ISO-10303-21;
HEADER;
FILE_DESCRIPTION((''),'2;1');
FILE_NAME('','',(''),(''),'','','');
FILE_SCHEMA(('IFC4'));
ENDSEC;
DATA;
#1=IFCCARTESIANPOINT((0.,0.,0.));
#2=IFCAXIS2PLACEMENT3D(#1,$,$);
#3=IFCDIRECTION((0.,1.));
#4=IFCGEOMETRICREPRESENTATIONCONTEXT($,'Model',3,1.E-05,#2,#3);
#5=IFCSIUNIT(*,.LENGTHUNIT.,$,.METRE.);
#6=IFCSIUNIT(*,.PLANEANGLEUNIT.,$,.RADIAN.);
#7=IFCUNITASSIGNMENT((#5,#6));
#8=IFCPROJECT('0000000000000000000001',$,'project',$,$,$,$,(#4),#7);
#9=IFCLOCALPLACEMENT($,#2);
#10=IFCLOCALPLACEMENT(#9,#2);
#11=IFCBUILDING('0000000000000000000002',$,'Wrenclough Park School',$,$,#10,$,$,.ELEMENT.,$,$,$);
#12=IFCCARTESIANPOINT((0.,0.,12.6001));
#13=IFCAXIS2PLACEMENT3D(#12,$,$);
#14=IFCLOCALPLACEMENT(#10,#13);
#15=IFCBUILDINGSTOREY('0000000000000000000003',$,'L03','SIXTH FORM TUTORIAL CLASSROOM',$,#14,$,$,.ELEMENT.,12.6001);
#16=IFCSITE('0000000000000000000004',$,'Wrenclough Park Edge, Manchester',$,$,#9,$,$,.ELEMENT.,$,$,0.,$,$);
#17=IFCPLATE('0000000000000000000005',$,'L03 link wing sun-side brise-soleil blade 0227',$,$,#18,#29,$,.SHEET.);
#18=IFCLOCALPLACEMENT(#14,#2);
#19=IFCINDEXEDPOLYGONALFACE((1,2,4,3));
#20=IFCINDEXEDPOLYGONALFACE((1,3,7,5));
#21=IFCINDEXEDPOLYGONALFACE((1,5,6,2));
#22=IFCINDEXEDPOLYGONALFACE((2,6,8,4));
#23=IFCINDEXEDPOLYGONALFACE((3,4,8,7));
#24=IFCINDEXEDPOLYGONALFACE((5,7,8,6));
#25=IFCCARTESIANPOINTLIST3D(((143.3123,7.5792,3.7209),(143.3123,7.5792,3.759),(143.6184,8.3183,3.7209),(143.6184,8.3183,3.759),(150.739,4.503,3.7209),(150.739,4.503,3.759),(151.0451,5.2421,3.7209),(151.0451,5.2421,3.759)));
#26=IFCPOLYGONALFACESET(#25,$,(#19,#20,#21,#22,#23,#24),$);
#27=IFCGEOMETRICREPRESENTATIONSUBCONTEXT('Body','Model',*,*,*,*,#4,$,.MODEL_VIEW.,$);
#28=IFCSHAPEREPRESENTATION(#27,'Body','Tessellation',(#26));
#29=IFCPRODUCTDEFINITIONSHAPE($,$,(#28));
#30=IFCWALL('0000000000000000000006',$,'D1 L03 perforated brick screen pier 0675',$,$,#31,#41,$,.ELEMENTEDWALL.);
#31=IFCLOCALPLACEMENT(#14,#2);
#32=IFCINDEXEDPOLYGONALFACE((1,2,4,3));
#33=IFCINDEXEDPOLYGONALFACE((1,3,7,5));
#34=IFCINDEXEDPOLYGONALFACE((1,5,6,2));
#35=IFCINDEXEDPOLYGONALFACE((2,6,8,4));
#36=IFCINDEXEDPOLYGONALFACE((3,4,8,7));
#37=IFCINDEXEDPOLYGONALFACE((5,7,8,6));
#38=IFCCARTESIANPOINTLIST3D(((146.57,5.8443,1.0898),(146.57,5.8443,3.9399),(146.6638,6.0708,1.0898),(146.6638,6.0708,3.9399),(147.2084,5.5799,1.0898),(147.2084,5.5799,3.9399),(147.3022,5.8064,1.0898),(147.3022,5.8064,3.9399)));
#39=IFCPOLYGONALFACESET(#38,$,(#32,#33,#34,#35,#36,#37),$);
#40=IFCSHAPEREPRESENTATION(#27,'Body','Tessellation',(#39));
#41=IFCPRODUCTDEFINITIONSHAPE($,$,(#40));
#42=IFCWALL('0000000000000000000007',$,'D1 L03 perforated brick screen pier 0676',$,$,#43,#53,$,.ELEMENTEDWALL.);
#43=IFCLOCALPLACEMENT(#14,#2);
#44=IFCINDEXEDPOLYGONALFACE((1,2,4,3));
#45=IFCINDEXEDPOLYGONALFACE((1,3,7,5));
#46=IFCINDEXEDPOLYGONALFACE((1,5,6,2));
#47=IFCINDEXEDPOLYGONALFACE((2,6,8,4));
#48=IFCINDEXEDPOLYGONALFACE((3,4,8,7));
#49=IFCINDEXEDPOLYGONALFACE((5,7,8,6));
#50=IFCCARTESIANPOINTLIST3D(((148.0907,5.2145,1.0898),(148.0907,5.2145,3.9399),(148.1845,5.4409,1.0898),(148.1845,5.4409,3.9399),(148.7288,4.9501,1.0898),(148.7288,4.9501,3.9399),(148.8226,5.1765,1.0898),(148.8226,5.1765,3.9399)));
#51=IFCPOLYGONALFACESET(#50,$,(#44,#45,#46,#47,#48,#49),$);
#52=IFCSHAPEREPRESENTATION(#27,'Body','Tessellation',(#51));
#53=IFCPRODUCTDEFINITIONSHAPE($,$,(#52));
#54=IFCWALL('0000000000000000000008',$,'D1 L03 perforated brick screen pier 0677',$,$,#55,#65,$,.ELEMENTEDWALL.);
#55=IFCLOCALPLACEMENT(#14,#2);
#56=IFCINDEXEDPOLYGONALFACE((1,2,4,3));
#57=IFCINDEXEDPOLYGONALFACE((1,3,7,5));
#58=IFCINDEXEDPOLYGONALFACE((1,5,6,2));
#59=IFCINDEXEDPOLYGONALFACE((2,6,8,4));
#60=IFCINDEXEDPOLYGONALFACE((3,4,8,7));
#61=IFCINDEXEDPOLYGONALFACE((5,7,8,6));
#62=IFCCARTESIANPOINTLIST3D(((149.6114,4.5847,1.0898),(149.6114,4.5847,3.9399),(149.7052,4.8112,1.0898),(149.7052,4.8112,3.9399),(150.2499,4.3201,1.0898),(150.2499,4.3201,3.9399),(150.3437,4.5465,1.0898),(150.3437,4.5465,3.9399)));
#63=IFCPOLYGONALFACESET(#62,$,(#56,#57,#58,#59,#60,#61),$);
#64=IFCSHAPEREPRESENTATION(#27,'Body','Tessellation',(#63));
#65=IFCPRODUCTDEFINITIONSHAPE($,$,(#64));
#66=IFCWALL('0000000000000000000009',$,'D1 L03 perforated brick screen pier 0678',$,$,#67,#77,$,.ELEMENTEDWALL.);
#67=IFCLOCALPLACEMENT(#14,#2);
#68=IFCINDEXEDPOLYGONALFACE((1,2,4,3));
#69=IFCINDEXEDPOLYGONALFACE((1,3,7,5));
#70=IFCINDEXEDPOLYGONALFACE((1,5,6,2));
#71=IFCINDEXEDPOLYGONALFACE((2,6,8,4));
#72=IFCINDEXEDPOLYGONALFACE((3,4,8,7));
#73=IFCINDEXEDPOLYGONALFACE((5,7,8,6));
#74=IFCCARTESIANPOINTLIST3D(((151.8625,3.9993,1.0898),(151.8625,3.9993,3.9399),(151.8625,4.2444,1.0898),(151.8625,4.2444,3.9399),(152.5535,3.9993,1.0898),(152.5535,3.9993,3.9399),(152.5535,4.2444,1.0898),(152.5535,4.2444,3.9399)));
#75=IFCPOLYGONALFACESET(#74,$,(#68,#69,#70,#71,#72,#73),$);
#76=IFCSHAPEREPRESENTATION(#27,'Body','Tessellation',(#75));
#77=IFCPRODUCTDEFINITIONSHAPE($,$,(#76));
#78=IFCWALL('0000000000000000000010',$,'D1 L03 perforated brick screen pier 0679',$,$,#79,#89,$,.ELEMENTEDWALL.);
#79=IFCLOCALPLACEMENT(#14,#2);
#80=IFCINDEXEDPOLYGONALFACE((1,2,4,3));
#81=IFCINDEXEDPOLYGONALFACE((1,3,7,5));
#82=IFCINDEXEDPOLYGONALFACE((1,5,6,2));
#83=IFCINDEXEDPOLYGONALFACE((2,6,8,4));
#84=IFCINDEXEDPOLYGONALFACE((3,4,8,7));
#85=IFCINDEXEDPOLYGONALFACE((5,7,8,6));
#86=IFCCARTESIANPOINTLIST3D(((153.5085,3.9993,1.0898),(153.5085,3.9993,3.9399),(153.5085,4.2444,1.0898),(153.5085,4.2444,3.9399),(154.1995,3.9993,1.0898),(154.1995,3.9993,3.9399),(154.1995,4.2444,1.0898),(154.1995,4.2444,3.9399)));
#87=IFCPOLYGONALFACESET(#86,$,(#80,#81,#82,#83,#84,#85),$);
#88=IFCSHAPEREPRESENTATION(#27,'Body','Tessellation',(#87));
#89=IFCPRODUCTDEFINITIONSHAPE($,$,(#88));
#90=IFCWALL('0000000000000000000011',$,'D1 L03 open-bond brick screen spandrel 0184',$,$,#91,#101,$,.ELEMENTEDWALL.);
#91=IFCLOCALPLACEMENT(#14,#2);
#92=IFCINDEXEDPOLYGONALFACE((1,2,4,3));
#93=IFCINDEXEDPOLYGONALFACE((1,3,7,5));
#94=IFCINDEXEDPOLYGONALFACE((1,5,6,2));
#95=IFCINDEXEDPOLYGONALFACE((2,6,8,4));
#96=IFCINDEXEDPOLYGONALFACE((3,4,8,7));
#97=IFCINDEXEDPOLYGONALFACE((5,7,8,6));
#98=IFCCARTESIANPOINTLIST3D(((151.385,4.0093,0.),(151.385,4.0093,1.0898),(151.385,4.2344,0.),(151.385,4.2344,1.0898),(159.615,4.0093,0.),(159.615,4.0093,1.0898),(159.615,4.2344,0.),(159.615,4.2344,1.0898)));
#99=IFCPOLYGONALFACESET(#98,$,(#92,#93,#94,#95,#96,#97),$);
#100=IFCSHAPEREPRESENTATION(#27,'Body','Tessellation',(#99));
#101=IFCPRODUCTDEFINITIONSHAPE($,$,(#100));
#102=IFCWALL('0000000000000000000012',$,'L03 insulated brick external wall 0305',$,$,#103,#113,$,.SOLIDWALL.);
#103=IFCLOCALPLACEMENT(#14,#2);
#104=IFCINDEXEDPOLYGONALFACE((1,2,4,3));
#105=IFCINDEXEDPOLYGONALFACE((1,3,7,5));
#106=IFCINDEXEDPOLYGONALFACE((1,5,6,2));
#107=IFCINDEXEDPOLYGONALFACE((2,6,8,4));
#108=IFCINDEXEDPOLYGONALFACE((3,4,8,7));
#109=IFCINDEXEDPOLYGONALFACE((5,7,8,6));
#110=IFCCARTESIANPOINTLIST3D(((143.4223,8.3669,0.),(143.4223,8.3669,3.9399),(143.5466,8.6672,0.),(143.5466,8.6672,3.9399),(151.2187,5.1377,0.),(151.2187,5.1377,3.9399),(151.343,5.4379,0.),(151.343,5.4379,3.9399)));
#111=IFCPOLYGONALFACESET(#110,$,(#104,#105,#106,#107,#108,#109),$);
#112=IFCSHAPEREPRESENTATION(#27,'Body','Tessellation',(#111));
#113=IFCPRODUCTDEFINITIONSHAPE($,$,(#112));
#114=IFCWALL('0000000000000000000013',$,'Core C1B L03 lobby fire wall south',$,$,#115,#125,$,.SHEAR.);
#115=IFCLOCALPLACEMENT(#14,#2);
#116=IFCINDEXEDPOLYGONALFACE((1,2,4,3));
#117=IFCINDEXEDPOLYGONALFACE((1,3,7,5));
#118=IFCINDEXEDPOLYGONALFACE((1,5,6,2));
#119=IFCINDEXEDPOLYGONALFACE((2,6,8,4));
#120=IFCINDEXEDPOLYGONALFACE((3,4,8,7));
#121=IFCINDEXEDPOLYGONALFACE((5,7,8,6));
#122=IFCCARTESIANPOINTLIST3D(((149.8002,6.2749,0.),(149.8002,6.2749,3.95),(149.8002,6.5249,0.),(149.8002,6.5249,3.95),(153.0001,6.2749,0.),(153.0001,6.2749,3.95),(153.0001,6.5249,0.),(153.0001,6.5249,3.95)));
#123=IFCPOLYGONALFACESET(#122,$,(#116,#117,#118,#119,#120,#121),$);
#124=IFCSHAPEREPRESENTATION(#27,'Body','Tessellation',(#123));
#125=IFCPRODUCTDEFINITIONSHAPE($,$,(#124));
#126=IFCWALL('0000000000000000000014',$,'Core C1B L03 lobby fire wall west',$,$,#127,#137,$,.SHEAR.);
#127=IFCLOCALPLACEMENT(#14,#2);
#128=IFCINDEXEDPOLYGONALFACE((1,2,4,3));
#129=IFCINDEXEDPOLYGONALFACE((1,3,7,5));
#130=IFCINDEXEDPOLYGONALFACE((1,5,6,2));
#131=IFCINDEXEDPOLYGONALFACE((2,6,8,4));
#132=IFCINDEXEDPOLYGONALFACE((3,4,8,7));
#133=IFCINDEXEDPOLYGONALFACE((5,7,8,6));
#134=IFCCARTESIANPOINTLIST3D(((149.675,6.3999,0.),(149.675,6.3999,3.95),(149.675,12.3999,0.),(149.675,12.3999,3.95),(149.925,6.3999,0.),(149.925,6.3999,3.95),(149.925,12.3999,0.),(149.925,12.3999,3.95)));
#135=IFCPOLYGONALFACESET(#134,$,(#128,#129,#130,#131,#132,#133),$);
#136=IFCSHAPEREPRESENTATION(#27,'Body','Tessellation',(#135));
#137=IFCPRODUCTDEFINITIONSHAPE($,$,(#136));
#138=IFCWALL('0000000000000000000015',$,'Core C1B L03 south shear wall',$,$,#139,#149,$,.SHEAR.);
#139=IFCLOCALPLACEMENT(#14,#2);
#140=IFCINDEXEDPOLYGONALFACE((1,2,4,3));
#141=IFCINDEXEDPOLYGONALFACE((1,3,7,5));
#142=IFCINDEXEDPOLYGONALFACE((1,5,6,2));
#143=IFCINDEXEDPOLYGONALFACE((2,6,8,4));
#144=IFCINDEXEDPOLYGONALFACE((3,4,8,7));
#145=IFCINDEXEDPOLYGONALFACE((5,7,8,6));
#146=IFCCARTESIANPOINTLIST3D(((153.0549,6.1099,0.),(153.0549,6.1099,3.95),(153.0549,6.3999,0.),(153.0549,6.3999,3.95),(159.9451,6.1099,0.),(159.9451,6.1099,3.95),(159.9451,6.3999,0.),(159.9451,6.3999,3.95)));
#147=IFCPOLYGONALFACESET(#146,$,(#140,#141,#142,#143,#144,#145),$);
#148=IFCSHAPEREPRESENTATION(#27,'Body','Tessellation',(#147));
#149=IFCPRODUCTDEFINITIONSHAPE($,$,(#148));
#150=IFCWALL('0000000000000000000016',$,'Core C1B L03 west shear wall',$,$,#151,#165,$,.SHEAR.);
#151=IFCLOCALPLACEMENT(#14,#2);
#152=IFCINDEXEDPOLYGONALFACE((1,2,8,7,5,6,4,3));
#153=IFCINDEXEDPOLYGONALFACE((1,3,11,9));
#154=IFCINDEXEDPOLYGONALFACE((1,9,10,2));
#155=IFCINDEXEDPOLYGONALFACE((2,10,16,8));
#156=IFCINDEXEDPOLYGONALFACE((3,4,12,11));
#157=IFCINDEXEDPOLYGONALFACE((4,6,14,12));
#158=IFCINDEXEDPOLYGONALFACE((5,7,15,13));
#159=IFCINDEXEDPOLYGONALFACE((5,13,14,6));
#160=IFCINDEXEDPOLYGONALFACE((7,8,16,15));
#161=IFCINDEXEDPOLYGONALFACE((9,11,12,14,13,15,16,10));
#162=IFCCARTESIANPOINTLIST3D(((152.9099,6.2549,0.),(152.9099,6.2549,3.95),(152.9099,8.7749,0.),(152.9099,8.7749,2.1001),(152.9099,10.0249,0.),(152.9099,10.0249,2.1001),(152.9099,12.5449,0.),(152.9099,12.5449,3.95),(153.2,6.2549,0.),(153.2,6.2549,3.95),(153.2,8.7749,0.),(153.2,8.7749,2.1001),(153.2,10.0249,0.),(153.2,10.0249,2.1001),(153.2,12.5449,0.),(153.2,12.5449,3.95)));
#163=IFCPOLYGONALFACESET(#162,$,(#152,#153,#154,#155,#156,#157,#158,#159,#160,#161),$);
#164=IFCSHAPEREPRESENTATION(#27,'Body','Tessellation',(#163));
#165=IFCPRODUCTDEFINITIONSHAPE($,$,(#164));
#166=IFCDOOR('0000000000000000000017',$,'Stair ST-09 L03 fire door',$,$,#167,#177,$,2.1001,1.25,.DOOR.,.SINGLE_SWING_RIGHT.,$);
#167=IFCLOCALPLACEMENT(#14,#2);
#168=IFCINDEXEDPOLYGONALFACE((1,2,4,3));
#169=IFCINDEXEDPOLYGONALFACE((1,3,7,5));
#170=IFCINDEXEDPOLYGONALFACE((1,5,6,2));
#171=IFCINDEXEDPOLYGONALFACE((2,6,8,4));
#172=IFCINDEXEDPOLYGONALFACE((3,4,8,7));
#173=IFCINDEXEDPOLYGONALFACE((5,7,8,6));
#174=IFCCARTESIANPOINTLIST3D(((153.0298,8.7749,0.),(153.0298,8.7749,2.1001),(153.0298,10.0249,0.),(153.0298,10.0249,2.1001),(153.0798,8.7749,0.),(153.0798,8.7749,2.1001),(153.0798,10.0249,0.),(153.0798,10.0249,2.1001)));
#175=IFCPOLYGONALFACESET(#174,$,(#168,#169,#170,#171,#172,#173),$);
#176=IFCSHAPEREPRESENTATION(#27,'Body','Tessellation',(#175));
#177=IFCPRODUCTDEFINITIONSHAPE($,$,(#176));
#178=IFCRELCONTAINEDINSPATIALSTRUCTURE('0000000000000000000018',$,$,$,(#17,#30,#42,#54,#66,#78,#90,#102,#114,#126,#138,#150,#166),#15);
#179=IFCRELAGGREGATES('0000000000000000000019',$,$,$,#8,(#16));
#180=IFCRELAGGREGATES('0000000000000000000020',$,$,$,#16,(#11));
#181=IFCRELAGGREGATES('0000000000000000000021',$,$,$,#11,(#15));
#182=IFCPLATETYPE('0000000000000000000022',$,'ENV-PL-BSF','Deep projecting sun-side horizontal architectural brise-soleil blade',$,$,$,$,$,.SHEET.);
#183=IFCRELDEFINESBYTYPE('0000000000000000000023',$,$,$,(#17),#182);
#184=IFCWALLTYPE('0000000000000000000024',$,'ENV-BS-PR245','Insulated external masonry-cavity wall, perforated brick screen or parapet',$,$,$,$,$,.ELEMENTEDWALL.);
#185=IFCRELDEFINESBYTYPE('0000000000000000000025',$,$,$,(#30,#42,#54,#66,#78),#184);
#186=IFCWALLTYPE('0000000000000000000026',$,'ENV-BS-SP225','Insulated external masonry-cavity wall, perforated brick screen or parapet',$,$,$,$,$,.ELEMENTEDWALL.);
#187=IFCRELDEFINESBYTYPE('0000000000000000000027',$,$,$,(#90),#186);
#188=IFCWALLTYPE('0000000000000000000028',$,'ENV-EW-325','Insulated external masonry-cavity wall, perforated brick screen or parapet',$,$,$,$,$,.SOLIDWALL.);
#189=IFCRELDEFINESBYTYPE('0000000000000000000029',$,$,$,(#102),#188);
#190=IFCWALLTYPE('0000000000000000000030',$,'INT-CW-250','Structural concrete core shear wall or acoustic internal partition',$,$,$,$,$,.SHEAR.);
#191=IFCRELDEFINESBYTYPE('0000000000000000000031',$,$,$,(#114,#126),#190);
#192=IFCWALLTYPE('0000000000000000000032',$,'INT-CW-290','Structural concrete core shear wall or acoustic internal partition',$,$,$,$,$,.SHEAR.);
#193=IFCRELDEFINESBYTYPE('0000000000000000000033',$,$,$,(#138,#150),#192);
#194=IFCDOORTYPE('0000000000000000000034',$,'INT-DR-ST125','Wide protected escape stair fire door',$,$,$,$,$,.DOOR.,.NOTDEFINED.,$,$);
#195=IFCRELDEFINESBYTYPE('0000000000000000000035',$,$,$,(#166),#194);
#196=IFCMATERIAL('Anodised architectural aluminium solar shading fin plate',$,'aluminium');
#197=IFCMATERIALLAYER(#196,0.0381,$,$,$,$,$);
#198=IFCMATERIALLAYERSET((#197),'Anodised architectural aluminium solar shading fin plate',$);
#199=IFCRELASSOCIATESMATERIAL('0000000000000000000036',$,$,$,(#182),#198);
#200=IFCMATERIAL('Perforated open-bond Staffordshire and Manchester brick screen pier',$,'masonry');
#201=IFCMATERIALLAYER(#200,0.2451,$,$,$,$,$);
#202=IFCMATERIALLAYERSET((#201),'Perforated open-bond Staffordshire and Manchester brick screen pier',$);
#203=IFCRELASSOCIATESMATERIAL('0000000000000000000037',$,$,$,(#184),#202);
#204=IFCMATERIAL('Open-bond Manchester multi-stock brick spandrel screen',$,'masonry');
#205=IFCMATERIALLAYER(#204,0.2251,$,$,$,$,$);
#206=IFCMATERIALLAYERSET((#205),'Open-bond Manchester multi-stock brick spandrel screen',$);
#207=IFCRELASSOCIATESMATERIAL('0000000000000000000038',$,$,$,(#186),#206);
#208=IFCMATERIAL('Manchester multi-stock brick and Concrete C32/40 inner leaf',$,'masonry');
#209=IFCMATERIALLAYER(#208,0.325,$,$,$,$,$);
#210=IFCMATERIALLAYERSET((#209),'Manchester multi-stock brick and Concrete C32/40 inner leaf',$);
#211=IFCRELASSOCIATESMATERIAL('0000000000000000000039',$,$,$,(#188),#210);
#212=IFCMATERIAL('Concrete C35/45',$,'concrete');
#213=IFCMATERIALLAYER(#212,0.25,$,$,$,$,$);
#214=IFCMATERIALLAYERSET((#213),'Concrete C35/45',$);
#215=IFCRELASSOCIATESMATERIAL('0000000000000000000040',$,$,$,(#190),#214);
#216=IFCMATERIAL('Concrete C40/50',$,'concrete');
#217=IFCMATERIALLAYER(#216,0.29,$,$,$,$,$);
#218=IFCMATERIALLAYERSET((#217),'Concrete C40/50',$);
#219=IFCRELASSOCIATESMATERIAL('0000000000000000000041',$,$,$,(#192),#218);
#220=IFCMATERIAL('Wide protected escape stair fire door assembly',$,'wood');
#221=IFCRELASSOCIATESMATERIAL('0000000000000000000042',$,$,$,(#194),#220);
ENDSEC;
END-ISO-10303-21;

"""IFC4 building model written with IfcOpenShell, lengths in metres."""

from ifc_helpers import new_model, si_unit, direction, frame, frame_2d, origin, origin_2d, place, context, subcontext, project, spatial, rectangle, extrude, material, layer, layer_set, type_object, element, fill, save


model = new_model("IFC4")

# Units and contexts
model_context = context("Model", 3, precision=1e-05, world=origin(), true_north=direction((0.0, 1.0)))
body_context = subcontext(model_context, "Body", "Model", "MODEL_VIEW")
ifc_project = project(units=[si_unit("LENGTHUNIT", "METRE"), si_unit("PLANEANGLEUNIT", "RADIAN")], contexts=[model_context])

# Site, building, storey
site_placement = place(None, origin())
site = spatial("IfcSite", under=ifc_project, at=site_placement, Name="Wrenclough Park Edge, Manchester", CompositionType="ELEMENT", RefElevation=0.0)
building_placement = place(site_placement, origin())
building = spatial("IfcBuilding", under=site, at=building_placement, Name="Wrenclough Park School", CompositionType="ELEMENT")
storey_placement = place(building_placement, frame((0.0, 0.0, 12.6001)))
storey = spatial("IfcBuildingStorey", under=building, at=storey_placement, Name="L03", Description="SIXTH FORM TUTORIAL CLASSROOM", CompositionType="ELEMENT", Elevation=12.6001)

# Shared definitions
ifc_material_1 = material(Name="Concrete C40/50", Category="concrete")

# Plate
ifc_material_2 = material(Name="Anodised architectural aluminium solar shading fin plate", Category="aluminium")
ifc_layer_1 = layer(ifc_material_2, 0.0381)
ifc_layer_set_1 = layer_set([ifc_layer_1], Name="Anodised architectural aluminium solar shading fin plate")
plate_type = type_object("IfcPlateType", Name="ENV-PL-BSF", Description="Deep projecting sun-side horizontal architectural brise-soleil blade", PredefinedType="SHEET", material=ifc_layer_set_1)
plate_1_placement = place(storey_placement, frame((147.1787, 6.4106, 3.7209), z_axis=(0.0, 0.0, 1.0), x_axis=(-0.923881, 0.38268, 0.0)))
element("IfcPlate", 1, at=plate_1_placement, inside=storey, type_object=plate_type, Name="L03 link wing sun-side brise-soleil blade 0227", PredefinedType="SHEET", context=body_context, shape_type="SweptSolid", body=[
    extrude(rectangle(XDim=8.0386, YDim=0.8, at=origin_2d()), origin(), (0.0, 0.0, 1.0), 0.0381),
])

# Walls
ifc_material_3 = material(Name="Perforated open-bond Staffordshire and Manchester brick screen pier", Category="masonry")
ifc_layer_2 = layer(ifc_material_3, 0.2451)
ifc_layer_set_2 = layer_set([ifc_layer_2], Name="Perforated open-bond Staffordshire and Manchester brick screen pier")
wall_type_1 = type_object("IfcWallType", Name="ENV-BS-PR245", Description="Insulated external masonry-cavity wall, perforated brick screen or parapet", PredefinedType="ELEMENTEDWALL", material=ifc_layer_set_2)
wall_1_placement = place(storey_placement, frame((146.6169, 5.9575, 1.0898), z_axis=(0.0, 0.0, 1.0), x_axis=(0.923901, -0.382633, 0.0)))
element("IfcWall", 2, at=wall_1_placement, inside=storey, type_object=wall_type_1, Name="D1 L03 perforated brick screen pier 0675", PredefinedType="ELEMENTEDWALL", context=body_context, shape_type="SweptSolid", body=[
    extrude(rectangle(XDim=0.6909, YDim=0.2451, at=frame_2d((0.3455, 0.0))), origin(), (0.0, 0.0, 1.0), 2.8501),
])
wall_2_placement = place(storey_placement, frame((148.1377, 5.3276, 1.0898), z_axis=(0.0, 0.0, 1.0), x_axis=(0.923849, -0.382758, 0.0)))
element("IfcWall", 3, at=wall_2_placement, inside=storey, type_object=wall_type_1, Name="D1 L03 perforated brick screen pier 0676", PredefinedType="ELEMENTEDWALL", context=body_context, shape_type="SweptSolid", body=[
    extrude(rectangle(XDim=0.6907, YDim=0.2451, at=frame_2d((0.3452, 0.0))), origin(), (0.0, 0.0, 1.0), 2.8501),
])
wall_3_placement = place(storey_placement, frame((149.6582, 4.698, 1.0898), z_axis=(0.0, 0.0, 1.0), x_axis=(0.923776, -0.382934, 0.0)))
element("IfcWall", 4, at=wall_3_placement, inside=storey, type_object=wall_type_1, Name="D1 L03 perforated brick screen pier 0677", PredefinedType="ELEMENTEDWALL", context=body_context, shape_type="SweptSolid", body=[
    extrude(rectangle(XDim=0.6912, YDim=0.2451, at=frame_2d((0.3457, 0.0))), origin(), (0.0, 0.0, 1.0), 2.8501),
])
for number, where, z_axis, x_axis, name in (
    (5, (151.8625, 4.1218, 1.0898), (0.0, 0.0, 1.0), (1.0, 0.0, 0.0), "D1 L03 perforated brick screen pier 0678"),
    (6, (153.5085, 4.1218, 1.0898), (0.0, 0.0, 1.0), (1.0, 0.0, 0.0), "D1 L03 perforated brick screen pier 0679"),
):
    element("IfcWall", number, at=place(storey_placement, frame(where, z_axis=z_axis, x_axis=x_axis)), inside=storey, type_object=wall_type_1, Name=name, PredefinedType="ELEMENTEDWALL", context=body_context, shape_type="SweptSolid", body=[
        extrude(rectangle(XDim=0.6909, YDim=0.2451, at=frame_2d((0.3455, 0.0))), origin(), (0.0, 0.0, 1.0), 2.8501),
    ])
ifc_material_4 = material(Name="Open-bond Manchester multi-stock brick spandrel screen", Category="masonry")
ifc_layer_3 = layer(ifc_material_4, 0.2251)
ifc_layer_set_3 = layer_set([ifc_layer_3], Name="Open-bond Manchester multi-stock brick spandrel screen")
wall_type_2 = type_object("IfcWallType", Name="ENV-BS-SP225", Description="Insulated external masonry-cavity wall, perforated brick screen or parapet", PredefinedType="ELEMENTEDWALL", material=ifc_layer_set_3)
wall_4_placement = place(storey_placement, frame((151.385, 4.1218, 0.0), z_axis=(0.0, 0.0, 1.0), x_axis=(1.0, 0.0, 0.0)))
element("IfcWall", 7, at=wall_4_placement, inside=storey, type_object=wall_type_2, Name="D1 L03 open-bond brick screen spandrel 0184", PredefinedType="ELEMENTEDWALL", context=body_context, shape_type="SweptSolid", body=[
    extrude(rectangle(XDim=8.23, YDim=0.2251, at=frame_2d((4.115, 0.0))), origin(), (0.0, 0.0, 1.0), 1.0898),
])
ifc_material_5 = material(Name="Manchester multi-stock brick and Concrete C32/40 inner leaf", Category="masonry")
ifc_layer_4 = layer(ifc_material_5, 0.325)
ifc_layer_set_4 = layer_set([ifc_layer_4], Name="Manchester multi-stock brick and Concrete C32/40 inner leaf")
wall_type_3 = type_object("IfcWallType", Name="ENV-EW-325", Description="Insulated external masonry-cavity wall, perforated brick screen or parapet", PredefinedType="SOLIDWALL", material=ifc_layer_set_4)
wall_5_placement = place(storey_placement, frame((151.2808, 5.2878, 0.0), z_axis=(0.0, 0.0, 1.0), x_axis=(-0.923885, 0.382671, 0.0)))
element("IfcWall", 8, at=wall_5_placement, inside=storey, type_object=wall_type_3, Name="L03 insulated brick external wall 0305", PredefinedType="SOLIDWALL", context=body_context, shape_type="SweptSolid", body=[
    extrude(rectangle(XDim=8.4387, YDim=0.325, at=frame_2d((4.2192, 0.0))), origin(), (0.0, 0.0, 1.0), 3.9399),
])
ifc_material_6 = material(Name="Concrete C35/45", Category="concrete")
ifc_layer_5 = layer(ifc_material_6, 0.25)
ifc_layer_set_5 = layer_set([ifc_layer_5], Name="Concrete C35/45")
wall_type_4 = type_object("IfcWallType", Name="INT-CW-250", Description="Structural concrete core shear wall or acoustic internal partition", PredefinedType="SHEAR", material=ifc_layer_set_5)
wall_6_placement = place(storey_placement, frame((149.8, 6.3999, 0.0), z_axis=(0.0, 0.0, 1.0), x_axis=(1.0, 0.0, 0.0)))
element("IfcWall", 9, at=wall_6_placement, inside=storey, type_object=wall_type_4, Name="Core C1B L03 lobby fire wall south", PredefinedType="SHEAR", context=body_context, shape_type="SweptSolid", body=[
    extrude(rectangle(XDim=3.2, YDim=0.25, at=frame_2d((1.6001, 0.0))), origin(), (0.0, 0.0, 1.0), 3.95),
])

# Walls
wall_7_placement = place(storey_placement, frame((149.8, 12.3999, 0.0), z_axis=(0.0, 0.0, 1.0), x_axis=(0.0, -1.0, 0.0)))
element("IfcWall", 10, at=wall_7_placement, inside=storey, type_object=wall_type_4, Name="Core C1B L03 lobby fire wall west", PredefinedType="SHEAR", context=body_context, shape_type="SweptSolid", body=[
    extrude(rectangle(XDim=6.0, YDim=0.25, at=frame_2d((3.0, 0.0))), origin(), (0.0, 0.0, 1.0), 3.95),
])
ifc_layer_6 = layer(ifc_material_1, 0.29)
ifc_layer_set_6 = layer_set([ifc_layer_6], Name="Concrete C40/50")
wall_type_5 = type_object("IfcWallType", Name="INT-CW-290", Description="Structural concrete core shear wall or acoustic internal partition", PredefinedType="SHEAR", material=ifc_layer_set_6)
wall_8_placement = place(storey_placement, frame((153.0549, 6.2549, 0.0), z_axis=(0.0, 0.0, 1.0), x_axis=(1.0, 0.0, 0.0)))
element("IfcWall", 11, at=wall_8_placement, inside=storey, type_object=wall_type_5, Name="Core C1B L03 south shear wall", PredefinedType="SHEAR", context=body_context, shape_type="SweptSolid", body=[
    extrude(rectangle(XDim=6.8901, YDim=0.29, at=frame_2d((3.4451, 0.0))), origin(), (0.0, 0.0, 1.0), 3.95),
])

# Wall, opening, door
wall_9_placement = place(storey_placement, frame((153.0549, 12.5449, 0.0), z_axis=(0.0, 0.0, 1.0), x_axis=(0.0, -1.0, 0.0)))
wall_9 = element("IfcWall", 12, at=wall_9_placement, inside=storey, type_object=wall_type_5, Name="Core C1B L03 west shear wall", PredefinedType="SHEAR", context=body_context, shape_type="SweptSolid", body=[
    extrude(rectangle(XDim=6.29, YDim=0.29, at=frame_2d((3.145, 0.0))), origin(), (0.0, 0.0, 1.0), 3.95),
])
opening_1_placement = place(wall_9_placement, frame((2.52, 0.0, 0.0)))
opening_1 = element("IfcOpeningElement", 13, at=opening_1_placement, cuts=wall_9, PredefinedType="OPENING", context=body_context, shape_type="SweptSolid", body=[
    extrude(rectangle(XDim=1.25, YDim=2.1001, at=frame_2d((0.625, 1.05))), frame((0.0, 0.155, 0.0), z_axis=(0.0, -1.0, 0.0), x_axis=(1.0, 0.0, 0.0)), (0.0, 0.0, 1.0), 0.3101),
])
ifc_material_7 = material(Name="Wide protected escape stair fire door assembly", Category="wood")
door_type_1 = type_object("IfcDoorType", Name="INT-DR-ST125", Description="Wide protected escape stair fire door", OperationType="NOTDEFINED", PredefinedType="DOOR", material=ifc_material_7)
door_1_placement = place(opening_1_placement, origin())
door_1 = element("IfcDoor", 14, at=door_1_placement, inside=storey, type_object=door_type_1, Name="Stair ST-09 L03 fire door", OperationType="SINGLE_SWING_RIGHT", OverallHeight=2.1001, OverallWidth=1.25, PredefinedType="DOOR", context=body_context, shape_type="SweptSolid", body=[
    extrude(rectangle(XDim=1.25, YDim=2.1001, at=frame_2d((0.625, 1.05))), frame((0.0, 0.0249, 0.0), z_axis=(0.0, -1.0, 0.0), x_axis=(1.0, 0.0, 0.0)), (0.0, 0.0, 1.0), 0.05),
])
fill(opening_1, door_1)

save(model, "model.ifc")
